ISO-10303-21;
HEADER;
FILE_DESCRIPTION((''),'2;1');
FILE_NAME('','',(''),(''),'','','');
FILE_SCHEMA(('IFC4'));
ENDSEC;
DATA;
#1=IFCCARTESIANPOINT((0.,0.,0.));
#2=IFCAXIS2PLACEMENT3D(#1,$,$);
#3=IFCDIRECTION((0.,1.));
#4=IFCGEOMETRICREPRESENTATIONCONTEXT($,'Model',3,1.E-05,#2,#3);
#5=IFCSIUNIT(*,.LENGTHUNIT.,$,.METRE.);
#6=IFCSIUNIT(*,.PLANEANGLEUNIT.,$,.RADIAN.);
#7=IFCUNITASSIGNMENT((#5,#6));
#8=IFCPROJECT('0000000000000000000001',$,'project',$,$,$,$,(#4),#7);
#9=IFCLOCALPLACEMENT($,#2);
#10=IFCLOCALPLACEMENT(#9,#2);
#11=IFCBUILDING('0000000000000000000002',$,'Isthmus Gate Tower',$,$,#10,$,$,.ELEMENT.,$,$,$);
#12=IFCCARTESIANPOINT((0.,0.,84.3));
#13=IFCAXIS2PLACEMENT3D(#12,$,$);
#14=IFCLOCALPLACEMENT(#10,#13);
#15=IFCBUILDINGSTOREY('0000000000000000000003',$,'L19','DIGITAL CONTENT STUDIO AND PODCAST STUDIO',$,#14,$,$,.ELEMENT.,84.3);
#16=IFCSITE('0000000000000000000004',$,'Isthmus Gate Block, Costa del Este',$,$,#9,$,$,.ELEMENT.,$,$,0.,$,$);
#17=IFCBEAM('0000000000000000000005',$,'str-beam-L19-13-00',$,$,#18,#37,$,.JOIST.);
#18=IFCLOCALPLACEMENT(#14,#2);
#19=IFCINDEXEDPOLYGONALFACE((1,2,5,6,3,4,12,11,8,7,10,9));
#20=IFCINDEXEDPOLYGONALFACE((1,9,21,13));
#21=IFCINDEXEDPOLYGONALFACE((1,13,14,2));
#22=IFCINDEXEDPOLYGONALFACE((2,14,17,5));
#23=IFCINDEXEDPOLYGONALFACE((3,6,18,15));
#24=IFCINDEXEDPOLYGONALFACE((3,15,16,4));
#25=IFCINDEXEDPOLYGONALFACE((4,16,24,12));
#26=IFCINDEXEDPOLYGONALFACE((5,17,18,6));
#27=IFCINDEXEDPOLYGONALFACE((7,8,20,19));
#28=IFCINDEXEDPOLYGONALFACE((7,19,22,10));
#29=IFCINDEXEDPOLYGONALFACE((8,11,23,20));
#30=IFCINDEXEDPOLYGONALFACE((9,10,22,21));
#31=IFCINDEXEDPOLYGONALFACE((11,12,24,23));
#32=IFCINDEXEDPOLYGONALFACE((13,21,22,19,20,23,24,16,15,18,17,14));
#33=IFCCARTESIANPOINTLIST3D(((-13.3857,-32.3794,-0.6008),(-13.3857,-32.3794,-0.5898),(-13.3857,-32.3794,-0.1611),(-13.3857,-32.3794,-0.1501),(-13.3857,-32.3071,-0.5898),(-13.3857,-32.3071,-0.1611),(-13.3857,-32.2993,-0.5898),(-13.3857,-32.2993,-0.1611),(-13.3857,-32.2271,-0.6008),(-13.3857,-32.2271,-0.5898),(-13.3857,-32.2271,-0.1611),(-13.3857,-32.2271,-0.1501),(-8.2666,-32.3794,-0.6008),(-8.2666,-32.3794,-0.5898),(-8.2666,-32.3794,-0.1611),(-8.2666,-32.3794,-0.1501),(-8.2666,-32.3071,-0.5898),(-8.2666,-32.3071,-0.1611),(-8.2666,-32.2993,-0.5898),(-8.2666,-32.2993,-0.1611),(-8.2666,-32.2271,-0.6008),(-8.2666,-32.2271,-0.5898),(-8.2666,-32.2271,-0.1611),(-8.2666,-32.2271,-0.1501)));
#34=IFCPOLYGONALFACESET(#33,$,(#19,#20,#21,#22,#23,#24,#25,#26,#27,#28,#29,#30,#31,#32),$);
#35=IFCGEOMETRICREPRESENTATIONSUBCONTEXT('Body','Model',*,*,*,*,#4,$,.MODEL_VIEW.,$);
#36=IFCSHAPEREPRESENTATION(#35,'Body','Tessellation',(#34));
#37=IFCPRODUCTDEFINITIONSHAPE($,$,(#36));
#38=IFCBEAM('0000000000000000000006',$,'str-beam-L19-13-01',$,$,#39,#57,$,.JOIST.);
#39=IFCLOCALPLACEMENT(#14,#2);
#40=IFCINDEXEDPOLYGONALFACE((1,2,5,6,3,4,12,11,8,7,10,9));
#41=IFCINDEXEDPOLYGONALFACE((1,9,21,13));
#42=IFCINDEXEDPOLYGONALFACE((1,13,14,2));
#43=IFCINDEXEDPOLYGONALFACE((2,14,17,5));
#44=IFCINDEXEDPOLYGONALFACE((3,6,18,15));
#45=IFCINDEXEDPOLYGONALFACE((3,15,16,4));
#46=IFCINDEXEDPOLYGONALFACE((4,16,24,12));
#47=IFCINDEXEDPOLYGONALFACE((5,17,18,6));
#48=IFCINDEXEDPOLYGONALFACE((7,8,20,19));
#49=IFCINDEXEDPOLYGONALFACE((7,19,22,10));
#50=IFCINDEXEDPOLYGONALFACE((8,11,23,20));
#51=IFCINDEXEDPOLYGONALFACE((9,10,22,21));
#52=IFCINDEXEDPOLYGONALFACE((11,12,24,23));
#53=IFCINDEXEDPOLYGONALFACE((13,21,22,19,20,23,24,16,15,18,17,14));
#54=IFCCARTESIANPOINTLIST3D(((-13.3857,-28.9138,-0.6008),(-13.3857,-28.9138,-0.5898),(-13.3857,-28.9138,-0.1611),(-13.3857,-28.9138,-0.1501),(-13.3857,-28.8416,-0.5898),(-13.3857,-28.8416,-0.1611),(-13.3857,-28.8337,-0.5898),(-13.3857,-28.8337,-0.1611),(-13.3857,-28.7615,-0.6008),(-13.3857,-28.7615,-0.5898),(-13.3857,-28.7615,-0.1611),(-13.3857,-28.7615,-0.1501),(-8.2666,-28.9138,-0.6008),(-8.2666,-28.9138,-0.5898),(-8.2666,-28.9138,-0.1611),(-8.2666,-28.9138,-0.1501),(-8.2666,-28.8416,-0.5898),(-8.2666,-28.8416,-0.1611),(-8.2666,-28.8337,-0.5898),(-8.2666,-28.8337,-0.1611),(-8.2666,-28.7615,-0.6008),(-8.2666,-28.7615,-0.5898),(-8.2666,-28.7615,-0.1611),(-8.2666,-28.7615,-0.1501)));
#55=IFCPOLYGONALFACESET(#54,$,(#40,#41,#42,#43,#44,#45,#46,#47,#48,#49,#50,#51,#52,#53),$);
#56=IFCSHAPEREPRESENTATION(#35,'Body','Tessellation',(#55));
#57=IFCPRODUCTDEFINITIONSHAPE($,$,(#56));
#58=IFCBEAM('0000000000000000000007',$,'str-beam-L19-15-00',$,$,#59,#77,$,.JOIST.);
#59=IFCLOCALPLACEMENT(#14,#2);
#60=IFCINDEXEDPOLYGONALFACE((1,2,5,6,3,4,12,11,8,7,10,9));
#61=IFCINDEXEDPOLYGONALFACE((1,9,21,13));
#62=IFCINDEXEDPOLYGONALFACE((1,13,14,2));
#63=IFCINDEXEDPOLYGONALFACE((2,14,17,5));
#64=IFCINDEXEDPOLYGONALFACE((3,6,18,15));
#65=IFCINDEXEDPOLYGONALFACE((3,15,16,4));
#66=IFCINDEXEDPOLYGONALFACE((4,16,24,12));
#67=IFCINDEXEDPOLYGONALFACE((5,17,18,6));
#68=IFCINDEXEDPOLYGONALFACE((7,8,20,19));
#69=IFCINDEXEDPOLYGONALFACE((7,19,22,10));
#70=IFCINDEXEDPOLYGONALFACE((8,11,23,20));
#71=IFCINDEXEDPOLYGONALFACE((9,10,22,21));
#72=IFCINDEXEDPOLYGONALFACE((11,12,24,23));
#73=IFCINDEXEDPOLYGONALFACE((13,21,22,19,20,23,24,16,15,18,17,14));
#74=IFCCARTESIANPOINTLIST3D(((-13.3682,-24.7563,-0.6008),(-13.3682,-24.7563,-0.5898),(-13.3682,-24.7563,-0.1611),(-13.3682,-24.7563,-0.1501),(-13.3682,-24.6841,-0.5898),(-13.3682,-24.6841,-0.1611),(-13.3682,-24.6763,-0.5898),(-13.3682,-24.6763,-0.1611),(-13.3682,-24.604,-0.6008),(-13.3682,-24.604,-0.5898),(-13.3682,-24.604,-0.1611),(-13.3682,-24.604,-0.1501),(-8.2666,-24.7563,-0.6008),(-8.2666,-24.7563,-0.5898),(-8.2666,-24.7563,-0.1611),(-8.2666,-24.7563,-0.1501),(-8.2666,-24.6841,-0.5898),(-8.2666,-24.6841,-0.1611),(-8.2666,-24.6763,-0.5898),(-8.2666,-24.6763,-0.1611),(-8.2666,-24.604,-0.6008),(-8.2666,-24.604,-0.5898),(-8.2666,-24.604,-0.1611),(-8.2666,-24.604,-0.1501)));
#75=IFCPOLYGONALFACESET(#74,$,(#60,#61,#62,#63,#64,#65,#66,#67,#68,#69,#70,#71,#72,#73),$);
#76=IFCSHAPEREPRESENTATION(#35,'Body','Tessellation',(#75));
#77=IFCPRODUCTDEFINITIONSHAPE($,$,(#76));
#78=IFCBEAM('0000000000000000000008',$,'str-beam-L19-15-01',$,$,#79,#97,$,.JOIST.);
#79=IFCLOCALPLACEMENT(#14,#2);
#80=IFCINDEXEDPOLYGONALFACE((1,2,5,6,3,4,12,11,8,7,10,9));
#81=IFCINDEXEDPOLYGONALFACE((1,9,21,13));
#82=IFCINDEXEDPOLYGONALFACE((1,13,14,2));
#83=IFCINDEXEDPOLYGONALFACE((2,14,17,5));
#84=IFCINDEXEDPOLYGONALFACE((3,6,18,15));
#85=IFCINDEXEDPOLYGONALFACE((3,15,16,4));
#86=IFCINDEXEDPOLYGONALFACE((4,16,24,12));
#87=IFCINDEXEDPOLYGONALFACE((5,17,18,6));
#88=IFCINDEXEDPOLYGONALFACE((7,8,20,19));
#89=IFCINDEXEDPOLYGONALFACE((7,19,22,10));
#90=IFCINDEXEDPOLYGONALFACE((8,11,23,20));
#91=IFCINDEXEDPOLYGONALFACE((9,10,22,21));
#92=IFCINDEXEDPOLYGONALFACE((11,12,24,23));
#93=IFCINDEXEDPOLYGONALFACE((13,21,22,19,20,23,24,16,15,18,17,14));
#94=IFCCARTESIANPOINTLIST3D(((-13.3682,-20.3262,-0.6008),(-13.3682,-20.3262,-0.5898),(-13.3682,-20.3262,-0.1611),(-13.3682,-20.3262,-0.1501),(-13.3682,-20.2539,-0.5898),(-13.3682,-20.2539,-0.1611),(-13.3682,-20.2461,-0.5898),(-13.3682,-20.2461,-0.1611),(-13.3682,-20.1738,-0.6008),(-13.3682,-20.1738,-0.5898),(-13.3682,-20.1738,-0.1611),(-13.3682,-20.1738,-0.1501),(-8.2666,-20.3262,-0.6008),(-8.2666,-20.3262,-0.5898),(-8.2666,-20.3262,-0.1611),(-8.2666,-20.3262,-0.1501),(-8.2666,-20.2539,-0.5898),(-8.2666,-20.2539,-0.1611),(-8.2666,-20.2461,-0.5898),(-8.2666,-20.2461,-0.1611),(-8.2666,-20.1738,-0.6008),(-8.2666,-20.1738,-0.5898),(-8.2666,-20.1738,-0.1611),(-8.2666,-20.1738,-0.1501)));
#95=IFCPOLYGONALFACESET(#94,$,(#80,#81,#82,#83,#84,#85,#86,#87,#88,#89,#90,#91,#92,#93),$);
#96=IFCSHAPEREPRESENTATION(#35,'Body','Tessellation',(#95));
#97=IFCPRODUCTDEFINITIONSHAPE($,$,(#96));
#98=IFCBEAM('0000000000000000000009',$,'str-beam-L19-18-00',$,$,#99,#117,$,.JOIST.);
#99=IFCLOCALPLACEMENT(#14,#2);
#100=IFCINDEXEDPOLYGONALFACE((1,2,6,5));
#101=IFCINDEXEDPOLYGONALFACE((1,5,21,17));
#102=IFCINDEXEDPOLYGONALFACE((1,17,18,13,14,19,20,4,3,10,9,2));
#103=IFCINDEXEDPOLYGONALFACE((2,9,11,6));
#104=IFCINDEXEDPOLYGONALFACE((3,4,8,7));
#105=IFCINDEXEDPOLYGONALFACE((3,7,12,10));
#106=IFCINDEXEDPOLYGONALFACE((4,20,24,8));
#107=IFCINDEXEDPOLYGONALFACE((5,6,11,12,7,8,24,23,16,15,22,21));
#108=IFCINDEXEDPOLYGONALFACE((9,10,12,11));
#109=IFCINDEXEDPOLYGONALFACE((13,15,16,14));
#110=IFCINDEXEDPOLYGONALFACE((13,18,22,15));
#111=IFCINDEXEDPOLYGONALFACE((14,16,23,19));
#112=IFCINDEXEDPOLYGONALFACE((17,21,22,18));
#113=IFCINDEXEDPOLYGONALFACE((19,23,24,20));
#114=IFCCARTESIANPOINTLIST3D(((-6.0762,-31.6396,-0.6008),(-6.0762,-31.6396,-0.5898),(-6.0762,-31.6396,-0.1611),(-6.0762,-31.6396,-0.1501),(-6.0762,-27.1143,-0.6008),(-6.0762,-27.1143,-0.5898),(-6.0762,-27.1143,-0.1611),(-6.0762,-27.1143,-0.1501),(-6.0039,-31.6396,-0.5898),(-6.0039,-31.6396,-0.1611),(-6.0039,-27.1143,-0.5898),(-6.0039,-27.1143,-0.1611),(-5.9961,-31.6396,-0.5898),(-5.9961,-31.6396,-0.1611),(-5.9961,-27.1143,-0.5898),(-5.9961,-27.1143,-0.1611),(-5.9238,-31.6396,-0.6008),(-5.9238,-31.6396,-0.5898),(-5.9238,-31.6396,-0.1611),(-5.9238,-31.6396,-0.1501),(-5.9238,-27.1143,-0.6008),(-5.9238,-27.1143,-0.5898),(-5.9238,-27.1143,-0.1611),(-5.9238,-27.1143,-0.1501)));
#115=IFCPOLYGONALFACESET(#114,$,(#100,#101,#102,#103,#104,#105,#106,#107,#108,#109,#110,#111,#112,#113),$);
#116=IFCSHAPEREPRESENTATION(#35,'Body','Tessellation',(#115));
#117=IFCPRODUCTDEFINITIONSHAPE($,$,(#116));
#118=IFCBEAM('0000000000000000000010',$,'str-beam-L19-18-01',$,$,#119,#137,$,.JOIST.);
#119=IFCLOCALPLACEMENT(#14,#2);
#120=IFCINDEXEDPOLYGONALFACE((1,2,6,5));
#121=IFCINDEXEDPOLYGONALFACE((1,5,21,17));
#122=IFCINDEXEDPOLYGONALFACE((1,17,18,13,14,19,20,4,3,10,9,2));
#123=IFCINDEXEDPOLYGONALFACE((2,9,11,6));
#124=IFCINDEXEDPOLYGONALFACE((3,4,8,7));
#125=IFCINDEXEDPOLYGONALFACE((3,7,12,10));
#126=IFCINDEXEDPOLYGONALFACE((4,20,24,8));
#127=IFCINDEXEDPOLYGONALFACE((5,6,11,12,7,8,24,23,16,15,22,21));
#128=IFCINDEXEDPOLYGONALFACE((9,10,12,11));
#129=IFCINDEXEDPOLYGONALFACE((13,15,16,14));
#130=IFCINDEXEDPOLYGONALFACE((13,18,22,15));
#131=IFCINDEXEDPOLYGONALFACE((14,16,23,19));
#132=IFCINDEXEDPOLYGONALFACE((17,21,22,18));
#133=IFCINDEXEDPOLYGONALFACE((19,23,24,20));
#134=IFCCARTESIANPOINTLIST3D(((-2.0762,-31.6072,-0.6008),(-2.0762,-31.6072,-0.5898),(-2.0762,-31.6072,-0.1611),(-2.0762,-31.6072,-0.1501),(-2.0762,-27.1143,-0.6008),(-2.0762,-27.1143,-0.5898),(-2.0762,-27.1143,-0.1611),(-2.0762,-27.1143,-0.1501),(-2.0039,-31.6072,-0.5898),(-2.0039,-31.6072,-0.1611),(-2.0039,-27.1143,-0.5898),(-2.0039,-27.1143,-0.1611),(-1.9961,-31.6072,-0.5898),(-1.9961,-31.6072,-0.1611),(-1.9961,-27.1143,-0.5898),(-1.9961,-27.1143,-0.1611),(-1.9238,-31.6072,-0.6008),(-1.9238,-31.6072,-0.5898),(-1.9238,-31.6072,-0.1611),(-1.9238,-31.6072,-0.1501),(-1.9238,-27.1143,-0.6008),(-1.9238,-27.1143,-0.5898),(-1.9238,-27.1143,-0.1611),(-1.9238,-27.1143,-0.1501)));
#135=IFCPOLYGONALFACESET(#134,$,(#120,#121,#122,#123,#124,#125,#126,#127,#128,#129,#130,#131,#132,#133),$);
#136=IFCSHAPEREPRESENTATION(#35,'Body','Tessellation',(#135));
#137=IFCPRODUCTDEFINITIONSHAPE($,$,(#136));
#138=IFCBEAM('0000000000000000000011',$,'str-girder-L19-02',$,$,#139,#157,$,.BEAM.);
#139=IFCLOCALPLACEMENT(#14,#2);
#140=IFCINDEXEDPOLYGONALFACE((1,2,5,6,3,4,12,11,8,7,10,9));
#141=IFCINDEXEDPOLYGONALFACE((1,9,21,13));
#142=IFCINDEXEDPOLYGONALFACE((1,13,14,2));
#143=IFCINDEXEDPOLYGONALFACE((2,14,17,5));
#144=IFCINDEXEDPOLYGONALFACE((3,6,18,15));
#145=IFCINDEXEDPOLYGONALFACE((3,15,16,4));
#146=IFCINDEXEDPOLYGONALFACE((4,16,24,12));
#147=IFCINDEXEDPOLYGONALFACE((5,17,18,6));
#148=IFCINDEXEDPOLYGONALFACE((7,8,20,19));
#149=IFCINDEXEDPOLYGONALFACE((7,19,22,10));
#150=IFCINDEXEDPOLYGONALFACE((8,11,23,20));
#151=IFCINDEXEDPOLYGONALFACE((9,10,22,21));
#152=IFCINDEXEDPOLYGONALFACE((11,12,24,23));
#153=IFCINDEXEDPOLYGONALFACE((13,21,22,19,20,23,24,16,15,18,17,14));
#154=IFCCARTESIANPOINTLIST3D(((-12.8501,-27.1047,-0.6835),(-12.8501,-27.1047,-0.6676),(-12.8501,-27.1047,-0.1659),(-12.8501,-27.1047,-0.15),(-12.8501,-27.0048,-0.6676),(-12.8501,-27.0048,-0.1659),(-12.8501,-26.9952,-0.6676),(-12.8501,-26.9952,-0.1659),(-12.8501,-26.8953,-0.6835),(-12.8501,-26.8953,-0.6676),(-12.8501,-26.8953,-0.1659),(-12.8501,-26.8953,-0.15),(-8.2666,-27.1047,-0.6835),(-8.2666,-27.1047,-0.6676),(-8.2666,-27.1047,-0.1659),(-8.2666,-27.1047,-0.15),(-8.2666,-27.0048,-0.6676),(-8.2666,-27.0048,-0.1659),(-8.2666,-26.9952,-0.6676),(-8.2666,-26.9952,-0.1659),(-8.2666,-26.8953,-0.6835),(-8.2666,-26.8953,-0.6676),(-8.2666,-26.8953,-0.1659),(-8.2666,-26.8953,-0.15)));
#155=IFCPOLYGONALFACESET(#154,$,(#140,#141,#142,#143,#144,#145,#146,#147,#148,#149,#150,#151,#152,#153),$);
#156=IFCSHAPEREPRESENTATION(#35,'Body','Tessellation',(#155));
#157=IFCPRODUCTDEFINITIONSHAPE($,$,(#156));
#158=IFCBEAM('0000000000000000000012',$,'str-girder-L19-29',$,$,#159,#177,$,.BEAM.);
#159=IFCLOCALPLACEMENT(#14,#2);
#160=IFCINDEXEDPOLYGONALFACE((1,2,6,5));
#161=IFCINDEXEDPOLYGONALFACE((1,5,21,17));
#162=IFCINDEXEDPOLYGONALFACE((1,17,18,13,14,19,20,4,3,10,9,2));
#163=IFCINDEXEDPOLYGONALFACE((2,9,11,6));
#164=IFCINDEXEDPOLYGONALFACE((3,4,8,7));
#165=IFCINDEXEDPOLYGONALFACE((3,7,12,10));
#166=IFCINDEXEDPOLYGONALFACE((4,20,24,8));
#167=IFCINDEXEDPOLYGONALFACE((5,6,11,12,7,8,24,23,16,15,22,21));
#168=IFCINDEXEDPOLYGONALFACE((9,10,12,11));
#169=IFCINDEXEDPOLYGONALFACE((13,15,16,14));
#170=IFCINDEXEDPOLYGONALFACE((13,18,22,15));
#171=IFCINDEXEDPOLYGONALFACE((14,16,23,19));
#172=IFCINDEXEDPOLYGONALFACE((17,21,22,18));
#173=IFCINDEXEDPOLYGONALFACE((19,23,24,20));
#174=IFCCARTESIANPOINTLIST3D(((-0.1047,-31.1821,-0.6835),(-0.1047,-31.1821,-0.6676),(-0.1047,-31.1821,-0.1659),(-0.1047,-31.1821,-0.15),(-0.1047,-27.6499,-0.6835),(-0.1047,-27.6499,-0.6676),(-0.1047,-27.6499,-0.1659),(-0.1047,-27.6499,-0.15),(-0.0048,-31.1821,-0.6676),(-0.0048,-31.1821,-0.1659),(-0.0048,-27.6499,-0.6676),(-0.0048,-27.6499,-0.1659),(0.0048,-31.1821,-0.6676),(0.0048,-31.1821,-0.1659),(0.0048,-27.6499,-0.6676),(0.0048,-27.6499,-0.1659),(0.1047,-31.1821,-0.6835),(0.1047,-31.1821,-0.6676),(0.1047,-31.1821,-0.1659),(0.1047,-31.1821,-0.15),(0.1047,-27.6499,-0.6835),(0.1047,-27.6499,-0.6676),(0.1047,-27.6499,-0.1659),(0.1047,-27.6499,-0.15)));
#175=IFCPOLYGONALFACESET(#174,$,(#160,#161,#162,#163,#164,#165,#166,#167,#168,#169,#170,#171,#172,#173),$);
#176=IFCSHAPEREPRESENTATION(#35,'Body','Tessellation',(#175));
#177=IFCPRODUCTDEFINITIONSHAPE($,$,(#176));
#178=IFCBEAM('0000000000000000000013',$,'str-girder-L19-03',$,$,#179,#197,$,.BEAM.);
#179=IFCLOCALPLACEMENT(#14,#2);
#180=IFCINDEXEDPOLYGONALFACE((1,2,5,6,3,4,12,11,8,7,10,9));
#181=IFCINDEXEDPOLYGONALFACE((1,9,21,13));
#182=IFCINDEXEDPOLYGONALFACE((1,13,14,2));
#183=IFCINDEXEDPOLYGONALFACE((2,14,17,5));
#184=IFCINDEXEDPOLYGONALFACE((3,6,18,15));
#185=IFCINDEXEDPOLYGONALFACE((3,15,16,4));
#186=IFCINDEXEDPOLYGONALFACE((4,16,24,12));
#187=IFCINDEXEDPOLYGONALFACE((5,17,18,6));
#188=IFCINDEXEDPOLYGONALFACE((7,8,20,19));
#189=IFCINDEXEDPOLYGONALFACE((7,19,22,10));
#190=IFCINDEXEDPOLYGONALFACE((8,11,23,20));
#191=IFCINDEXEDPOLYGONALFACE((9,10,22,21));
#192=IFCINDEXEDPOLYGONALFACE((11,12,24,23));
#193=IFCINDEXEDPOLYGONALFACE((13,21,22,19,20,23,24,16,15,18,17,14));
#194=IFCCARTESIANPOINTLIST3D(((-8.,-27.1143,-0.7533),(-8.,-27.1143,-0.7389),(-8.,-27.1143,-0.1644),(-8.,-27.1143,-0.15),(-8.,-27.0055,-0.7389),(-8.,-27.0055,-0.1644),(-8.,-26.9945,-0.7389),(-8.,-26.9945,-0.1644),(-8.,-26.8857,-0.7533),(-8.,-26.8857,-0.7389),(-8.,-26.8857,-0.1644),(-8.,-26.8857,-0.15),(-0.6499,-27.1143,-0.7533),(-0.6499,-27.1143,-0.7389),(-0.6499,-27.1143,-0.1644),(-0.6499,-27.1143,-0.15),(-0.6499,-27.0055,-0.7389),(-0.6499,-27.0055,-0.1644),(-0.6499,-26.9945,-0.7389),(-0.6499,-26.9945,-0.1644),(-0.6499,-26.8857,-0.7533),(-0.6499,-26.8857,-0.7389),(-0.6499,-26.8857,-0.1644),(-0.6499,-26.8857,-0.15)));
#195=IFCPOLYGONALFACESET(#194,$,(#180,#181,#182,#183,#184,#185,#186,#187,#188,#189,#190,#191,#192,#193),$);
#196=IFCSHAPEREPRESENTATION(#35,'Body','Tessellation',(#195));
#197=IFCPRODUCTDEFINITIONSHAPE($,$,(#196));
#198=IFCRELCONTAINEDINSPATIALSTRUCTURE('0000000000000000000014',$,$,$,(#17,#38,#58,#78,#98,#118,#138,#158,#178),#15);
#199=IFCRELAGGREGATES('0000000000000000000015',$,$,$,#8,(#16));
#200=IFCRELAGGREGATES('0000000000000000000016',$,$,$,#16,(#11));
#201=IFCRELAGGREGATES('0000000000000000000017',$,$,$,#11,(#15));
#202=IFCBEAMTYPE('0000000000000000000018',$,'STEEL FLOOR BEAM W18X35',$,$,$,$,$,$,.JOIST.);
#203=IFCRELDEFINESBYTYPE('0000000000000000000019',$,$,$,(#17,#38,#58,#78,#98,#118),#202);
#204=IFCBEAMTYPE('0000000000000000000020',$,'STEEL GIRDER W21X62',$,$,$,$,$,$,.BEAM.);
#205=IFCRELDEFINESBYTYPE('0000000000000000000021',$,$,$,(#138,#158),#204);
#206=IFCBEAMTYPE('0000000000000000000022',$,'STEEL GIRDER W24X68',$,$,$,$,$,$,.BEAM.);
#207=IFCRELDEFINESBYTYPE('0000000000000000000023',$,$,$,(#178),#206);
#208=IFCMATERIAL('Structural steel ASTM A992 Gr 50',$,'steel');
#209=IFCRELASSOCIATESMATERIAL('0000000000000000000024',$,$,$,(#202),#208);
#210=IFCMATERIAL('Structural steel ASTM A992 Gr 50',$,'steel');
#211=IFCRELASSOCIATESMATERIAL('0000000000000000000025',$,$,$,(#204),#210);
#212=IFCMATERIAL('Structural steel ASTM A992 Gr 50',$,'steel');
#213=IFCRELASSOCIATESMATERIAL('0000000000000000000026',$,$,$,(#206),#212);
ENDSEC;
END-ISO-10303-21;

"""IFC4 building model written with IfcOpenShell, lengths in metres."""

from ifc_helpers import new_model, si_unit, direction, frame, origin, origin_2d, place, context, subcontext, project, spatial, i_section, extrude, material, material_profile, profile_set, type_object, element, save


model = new_model("IFC4")

# Units and contexts
model_context = context("Model", 3, precision=1e-05, world=origin(), true_north=direction((0.0, 1.0)))
body_context = subcontext(model_context, "Body", "Model", "MODEL_VIEW")
ifc_project = project(units=[si_unit("LENGTHUNIT", "METRE"), si_unit("PLANEANGLEUNIT", "RADIAN")], contexts=[model_context])

# Site, building, storey
site_placement = place(None, origin())
site = spatial("IfcSite", under=ifc_project, at=site_placement, Name="Isthmus Gate Block, Costa del Este", CompositionType="ELEMENT", RefElevation=0.0)
building_placement = place(site_placement, origin())
building = spatial("IfcBuilding", under=site, at=building_placement, Name="Isthmus Gate Tower", CompositionType="ELEMENT")
storey_placement = place(building_placement, frame((0.0, 0.0, 84.3)))
storey = spatial("IfcBuildingStorey", under=building, at=storey_placement, Name="L19", Description="DIGITAL CONTENT STUDIO AND PODCAST STUDIO", CompositionType="ELEMENT", Elevation=84.3)

# Beams
ifc_material_1 = material(Name="Structural steel ASTM A992 Gr 50", Category="steel")
ifc_material_profile_1 = material_profile(ifc_material_1, i_section(OverallWidth=0.1523, OverallDepth=0.4507, WebThickness=0.0078, FlangeThickness=0.011, at=origin_2d()), Name="W18X35")
ifc_profile_set_1 = profile_set([ifc_material_profile_1], Name="Structural steel ASTM A992 Gr 50")
beam_type_1 = type_object("IfcBeamType", Name="STEEL FLOOR BEAM W18X35", PredefinedType="JOIST", material=ifc_profile_set_1)
for number, where, z_axis, x_axis, name in (
    (1, (-13.3857, -32.3032, -0.3755), (1.0, 0.0, 0.0), (0.0, 1.0, 0.0), "str-beam-L19-13-00"),
    (2, (-13.3857, -28.8376, -0.3755), (1.0, 0.0, 0.0), (0.0, 1.0, 0.0), "str-beam-L19-13-01"),
):
    element("IfcBeam", number, at=place(storey_placement, frame(where, z_axis=z_axis, x_axis=x_axis)), inside=storey, type_object=beam_type_1, Name=name, PredefinedType="JOIST", context=body_context, shape_type="SweptSolid", body=[
        extrude(i_section(OverallWidth=0.1523, OverallDepth=0.4507, WebThickness=0.0078, FlangeThickness=0.011, at=origin_2d()), origin(), (0.0, 0.0, 1.0), 5.1191),
    ])
for number, where, z_axis, x_axis, name in (
    (3, (-13.3682, -24.6802, -0.3755), (1.0, 0.0, 0.0), (0.0, 1.0, 0.0), "str-beam-L19-15-00"),
    (4, (-13.3682, -20.25, -0.3755), (1.0, 0.0, 0.0), (0.0, 1.0, 0.0), "str-beam-L19-15-01"),
):
    element("IfcBeam", number, at=place(storey_placement, frame(where, z_axis=z_axis, x_axis=x_axis)), inside=storey, type_object=beam_type_1, Name=name, PredefinedType="JOIST", context=body_context, shape_type="SweptSolid", body=[
        extrude(i_section(OverallWidth=0.1523, OverallDepth=0.4507, WebThickness=0.0078, FlangeThickness=0.011, at=origin_2d()), origin(), (0.0, 0.0, 1.0), 5.1016),
    ])
beam_1_placement = place(storey_placement, frame((-6.0, -31.6396, -0.3755), z_axis=(0.0, 1.0, 0.0), x_axis=(-1.0, 0.0, 0.0)))
element("IfcBeam", 5, at=beam_1_placement, inside=storey, type_object=beam_type_1, Name="str-beam-L19-18-00", PredefinedType="JOIST", context=body_context, shape_type="SweptSolid", body=[
    extrude(i_section(OverallWidth=0.1523, OverallDepth=0.4507, WebThickness=0.0078, FlangeThickness=0.011, at=origin_2d()), origin(), (0.0, 0.0, 1.0), 4.5254),
])
beam_2_placement = place(storey_placement, frame((-2.0, -31.6072, -0.3755), z_axis=(0.0, 1.0, 0.0), x_axis=(-1.0, 0.0, 0.0)))
element("IfcBeam", 6, at=beam_2_placement, inside=storey, type_object=beam_type_1, Name="str-beam-L19-18-01", PredefinedType="JOIST", context=body_context, shape_type="SweptSolid", body=[
    extrude(i_section(OverallWidth=0.1523, OverallDepth=0.4507, WebThickness=0.0078, FlangeThickness=0.011, at=origin_2d()), origin(), (0.0, 0.0, 1.0), 4.4929),
])
ifc_material_2 = material(Name="Structural steel ASTM A992 Gr 50", Category="steel")
ifc_material_profile_2 = material_profile(ifc_material_2, i_section(OverallWidth=0.2095, OverallDepth=0.5334, WebThickness=0.0095, FlangeThickness=0.0159, at=origin_2d()), Name="W21X62")
ifc_profile_set_2 = profile_set([ifc_material_profile_2], Name="Structural steel ASTM A992 Gr 50")
beam_type_2 = type_object("IfcBeamType", Name="STEEL GIRDER W21X62", PredefinedType="BEAM", material=ifc_profile_set_2)
beam_3_placement = place(storey_placement, frame((-12.8501, -27.0, -0.4167), z_axis=(1.0, 0.0, 0.0), x_axis=(0.0, 1.0, 0.0)))
element("IfcBeam", 7, at=beam_3_placement, inside=storey, type_object=beam_type_2, Name="str-girder-L19-02", PredefinedType="BEAM", context=body_context, shape_type="SweptSolid", body=[
    extrude(i_section(OverallWidth=0.2095, OverallDepth=0.5334, WebThickness=0.0095, FlangeThickness=0.0159, at=origin_2d()), origin(), (0.0, 0.0, 1.0), 4.5835),
])
beam_4_placement = place(storey_placement, frame((0.0, -31.1821, -0.4167), z_axis=(0.0, 1.0, 0.0), x_axis=(-1.0, 0.0, 0.0)))
element("IfcBeam", 8, at=beam_4_placement, inside=storey, type_object=beam_type_2, Name="str-girder-L19-29", PredefinedType="BEAM", context=body_context, shape_type="SweptSolid", body=[
    extrude(i_section(OverallWidth=0.2095, OverallDepth=0.5334, WebThickness=0.0095, FlangeThickness=0.0159, at=origin_2d()), origin(), (0.0, 0.0, 1.0), 3.5322),
])
ifc_material_3 = material(Name="Structural steel ASTM A992 Gr 50", Category="steel")
ifc_material_profile_3 = material_profile(ifc_material_3, i_section(OverallWidth=0.2285, OverallDepth=0.6033, WebThickness=0.011, FlangeThickness=0.0144, at=origin_2d()), Name="W24X68")
ifc_profile_set_3 = profile_set([ifc_material_profile_3], Name="Structural steel ASTM A992 Gr 50")
beam_type_3 = type_object("IfcBeamType", Name="STEEL GIRDER W24X68", PredefinedType="BEAM", material=ifc_profile_set_3)
beam_5_placement = place(storey_placement, frame((-8.0, -27.0, -0.4517), z_axis=(1.0, 0.0, 0.0), x_axis=(0.0, 1.0, 0.0)))
element("IfcBeam", 9, at=beam_5_placement, inside=storey, type_object=beam_type_3, Name="str-girder-L19-03", PredefinedType="BEAM", context=body_context, shape_type="SweptSolid", body=[
    extrude(i_section(OverallWidth=0.2285, OverallDepth=0.6033, WebThickness=0.011, FlangeThickness=0.0144, at=origin_2d()), origin(), (0.0, 0.0, 1.0), 7.3501),
])

save(model, "model.ifc")
